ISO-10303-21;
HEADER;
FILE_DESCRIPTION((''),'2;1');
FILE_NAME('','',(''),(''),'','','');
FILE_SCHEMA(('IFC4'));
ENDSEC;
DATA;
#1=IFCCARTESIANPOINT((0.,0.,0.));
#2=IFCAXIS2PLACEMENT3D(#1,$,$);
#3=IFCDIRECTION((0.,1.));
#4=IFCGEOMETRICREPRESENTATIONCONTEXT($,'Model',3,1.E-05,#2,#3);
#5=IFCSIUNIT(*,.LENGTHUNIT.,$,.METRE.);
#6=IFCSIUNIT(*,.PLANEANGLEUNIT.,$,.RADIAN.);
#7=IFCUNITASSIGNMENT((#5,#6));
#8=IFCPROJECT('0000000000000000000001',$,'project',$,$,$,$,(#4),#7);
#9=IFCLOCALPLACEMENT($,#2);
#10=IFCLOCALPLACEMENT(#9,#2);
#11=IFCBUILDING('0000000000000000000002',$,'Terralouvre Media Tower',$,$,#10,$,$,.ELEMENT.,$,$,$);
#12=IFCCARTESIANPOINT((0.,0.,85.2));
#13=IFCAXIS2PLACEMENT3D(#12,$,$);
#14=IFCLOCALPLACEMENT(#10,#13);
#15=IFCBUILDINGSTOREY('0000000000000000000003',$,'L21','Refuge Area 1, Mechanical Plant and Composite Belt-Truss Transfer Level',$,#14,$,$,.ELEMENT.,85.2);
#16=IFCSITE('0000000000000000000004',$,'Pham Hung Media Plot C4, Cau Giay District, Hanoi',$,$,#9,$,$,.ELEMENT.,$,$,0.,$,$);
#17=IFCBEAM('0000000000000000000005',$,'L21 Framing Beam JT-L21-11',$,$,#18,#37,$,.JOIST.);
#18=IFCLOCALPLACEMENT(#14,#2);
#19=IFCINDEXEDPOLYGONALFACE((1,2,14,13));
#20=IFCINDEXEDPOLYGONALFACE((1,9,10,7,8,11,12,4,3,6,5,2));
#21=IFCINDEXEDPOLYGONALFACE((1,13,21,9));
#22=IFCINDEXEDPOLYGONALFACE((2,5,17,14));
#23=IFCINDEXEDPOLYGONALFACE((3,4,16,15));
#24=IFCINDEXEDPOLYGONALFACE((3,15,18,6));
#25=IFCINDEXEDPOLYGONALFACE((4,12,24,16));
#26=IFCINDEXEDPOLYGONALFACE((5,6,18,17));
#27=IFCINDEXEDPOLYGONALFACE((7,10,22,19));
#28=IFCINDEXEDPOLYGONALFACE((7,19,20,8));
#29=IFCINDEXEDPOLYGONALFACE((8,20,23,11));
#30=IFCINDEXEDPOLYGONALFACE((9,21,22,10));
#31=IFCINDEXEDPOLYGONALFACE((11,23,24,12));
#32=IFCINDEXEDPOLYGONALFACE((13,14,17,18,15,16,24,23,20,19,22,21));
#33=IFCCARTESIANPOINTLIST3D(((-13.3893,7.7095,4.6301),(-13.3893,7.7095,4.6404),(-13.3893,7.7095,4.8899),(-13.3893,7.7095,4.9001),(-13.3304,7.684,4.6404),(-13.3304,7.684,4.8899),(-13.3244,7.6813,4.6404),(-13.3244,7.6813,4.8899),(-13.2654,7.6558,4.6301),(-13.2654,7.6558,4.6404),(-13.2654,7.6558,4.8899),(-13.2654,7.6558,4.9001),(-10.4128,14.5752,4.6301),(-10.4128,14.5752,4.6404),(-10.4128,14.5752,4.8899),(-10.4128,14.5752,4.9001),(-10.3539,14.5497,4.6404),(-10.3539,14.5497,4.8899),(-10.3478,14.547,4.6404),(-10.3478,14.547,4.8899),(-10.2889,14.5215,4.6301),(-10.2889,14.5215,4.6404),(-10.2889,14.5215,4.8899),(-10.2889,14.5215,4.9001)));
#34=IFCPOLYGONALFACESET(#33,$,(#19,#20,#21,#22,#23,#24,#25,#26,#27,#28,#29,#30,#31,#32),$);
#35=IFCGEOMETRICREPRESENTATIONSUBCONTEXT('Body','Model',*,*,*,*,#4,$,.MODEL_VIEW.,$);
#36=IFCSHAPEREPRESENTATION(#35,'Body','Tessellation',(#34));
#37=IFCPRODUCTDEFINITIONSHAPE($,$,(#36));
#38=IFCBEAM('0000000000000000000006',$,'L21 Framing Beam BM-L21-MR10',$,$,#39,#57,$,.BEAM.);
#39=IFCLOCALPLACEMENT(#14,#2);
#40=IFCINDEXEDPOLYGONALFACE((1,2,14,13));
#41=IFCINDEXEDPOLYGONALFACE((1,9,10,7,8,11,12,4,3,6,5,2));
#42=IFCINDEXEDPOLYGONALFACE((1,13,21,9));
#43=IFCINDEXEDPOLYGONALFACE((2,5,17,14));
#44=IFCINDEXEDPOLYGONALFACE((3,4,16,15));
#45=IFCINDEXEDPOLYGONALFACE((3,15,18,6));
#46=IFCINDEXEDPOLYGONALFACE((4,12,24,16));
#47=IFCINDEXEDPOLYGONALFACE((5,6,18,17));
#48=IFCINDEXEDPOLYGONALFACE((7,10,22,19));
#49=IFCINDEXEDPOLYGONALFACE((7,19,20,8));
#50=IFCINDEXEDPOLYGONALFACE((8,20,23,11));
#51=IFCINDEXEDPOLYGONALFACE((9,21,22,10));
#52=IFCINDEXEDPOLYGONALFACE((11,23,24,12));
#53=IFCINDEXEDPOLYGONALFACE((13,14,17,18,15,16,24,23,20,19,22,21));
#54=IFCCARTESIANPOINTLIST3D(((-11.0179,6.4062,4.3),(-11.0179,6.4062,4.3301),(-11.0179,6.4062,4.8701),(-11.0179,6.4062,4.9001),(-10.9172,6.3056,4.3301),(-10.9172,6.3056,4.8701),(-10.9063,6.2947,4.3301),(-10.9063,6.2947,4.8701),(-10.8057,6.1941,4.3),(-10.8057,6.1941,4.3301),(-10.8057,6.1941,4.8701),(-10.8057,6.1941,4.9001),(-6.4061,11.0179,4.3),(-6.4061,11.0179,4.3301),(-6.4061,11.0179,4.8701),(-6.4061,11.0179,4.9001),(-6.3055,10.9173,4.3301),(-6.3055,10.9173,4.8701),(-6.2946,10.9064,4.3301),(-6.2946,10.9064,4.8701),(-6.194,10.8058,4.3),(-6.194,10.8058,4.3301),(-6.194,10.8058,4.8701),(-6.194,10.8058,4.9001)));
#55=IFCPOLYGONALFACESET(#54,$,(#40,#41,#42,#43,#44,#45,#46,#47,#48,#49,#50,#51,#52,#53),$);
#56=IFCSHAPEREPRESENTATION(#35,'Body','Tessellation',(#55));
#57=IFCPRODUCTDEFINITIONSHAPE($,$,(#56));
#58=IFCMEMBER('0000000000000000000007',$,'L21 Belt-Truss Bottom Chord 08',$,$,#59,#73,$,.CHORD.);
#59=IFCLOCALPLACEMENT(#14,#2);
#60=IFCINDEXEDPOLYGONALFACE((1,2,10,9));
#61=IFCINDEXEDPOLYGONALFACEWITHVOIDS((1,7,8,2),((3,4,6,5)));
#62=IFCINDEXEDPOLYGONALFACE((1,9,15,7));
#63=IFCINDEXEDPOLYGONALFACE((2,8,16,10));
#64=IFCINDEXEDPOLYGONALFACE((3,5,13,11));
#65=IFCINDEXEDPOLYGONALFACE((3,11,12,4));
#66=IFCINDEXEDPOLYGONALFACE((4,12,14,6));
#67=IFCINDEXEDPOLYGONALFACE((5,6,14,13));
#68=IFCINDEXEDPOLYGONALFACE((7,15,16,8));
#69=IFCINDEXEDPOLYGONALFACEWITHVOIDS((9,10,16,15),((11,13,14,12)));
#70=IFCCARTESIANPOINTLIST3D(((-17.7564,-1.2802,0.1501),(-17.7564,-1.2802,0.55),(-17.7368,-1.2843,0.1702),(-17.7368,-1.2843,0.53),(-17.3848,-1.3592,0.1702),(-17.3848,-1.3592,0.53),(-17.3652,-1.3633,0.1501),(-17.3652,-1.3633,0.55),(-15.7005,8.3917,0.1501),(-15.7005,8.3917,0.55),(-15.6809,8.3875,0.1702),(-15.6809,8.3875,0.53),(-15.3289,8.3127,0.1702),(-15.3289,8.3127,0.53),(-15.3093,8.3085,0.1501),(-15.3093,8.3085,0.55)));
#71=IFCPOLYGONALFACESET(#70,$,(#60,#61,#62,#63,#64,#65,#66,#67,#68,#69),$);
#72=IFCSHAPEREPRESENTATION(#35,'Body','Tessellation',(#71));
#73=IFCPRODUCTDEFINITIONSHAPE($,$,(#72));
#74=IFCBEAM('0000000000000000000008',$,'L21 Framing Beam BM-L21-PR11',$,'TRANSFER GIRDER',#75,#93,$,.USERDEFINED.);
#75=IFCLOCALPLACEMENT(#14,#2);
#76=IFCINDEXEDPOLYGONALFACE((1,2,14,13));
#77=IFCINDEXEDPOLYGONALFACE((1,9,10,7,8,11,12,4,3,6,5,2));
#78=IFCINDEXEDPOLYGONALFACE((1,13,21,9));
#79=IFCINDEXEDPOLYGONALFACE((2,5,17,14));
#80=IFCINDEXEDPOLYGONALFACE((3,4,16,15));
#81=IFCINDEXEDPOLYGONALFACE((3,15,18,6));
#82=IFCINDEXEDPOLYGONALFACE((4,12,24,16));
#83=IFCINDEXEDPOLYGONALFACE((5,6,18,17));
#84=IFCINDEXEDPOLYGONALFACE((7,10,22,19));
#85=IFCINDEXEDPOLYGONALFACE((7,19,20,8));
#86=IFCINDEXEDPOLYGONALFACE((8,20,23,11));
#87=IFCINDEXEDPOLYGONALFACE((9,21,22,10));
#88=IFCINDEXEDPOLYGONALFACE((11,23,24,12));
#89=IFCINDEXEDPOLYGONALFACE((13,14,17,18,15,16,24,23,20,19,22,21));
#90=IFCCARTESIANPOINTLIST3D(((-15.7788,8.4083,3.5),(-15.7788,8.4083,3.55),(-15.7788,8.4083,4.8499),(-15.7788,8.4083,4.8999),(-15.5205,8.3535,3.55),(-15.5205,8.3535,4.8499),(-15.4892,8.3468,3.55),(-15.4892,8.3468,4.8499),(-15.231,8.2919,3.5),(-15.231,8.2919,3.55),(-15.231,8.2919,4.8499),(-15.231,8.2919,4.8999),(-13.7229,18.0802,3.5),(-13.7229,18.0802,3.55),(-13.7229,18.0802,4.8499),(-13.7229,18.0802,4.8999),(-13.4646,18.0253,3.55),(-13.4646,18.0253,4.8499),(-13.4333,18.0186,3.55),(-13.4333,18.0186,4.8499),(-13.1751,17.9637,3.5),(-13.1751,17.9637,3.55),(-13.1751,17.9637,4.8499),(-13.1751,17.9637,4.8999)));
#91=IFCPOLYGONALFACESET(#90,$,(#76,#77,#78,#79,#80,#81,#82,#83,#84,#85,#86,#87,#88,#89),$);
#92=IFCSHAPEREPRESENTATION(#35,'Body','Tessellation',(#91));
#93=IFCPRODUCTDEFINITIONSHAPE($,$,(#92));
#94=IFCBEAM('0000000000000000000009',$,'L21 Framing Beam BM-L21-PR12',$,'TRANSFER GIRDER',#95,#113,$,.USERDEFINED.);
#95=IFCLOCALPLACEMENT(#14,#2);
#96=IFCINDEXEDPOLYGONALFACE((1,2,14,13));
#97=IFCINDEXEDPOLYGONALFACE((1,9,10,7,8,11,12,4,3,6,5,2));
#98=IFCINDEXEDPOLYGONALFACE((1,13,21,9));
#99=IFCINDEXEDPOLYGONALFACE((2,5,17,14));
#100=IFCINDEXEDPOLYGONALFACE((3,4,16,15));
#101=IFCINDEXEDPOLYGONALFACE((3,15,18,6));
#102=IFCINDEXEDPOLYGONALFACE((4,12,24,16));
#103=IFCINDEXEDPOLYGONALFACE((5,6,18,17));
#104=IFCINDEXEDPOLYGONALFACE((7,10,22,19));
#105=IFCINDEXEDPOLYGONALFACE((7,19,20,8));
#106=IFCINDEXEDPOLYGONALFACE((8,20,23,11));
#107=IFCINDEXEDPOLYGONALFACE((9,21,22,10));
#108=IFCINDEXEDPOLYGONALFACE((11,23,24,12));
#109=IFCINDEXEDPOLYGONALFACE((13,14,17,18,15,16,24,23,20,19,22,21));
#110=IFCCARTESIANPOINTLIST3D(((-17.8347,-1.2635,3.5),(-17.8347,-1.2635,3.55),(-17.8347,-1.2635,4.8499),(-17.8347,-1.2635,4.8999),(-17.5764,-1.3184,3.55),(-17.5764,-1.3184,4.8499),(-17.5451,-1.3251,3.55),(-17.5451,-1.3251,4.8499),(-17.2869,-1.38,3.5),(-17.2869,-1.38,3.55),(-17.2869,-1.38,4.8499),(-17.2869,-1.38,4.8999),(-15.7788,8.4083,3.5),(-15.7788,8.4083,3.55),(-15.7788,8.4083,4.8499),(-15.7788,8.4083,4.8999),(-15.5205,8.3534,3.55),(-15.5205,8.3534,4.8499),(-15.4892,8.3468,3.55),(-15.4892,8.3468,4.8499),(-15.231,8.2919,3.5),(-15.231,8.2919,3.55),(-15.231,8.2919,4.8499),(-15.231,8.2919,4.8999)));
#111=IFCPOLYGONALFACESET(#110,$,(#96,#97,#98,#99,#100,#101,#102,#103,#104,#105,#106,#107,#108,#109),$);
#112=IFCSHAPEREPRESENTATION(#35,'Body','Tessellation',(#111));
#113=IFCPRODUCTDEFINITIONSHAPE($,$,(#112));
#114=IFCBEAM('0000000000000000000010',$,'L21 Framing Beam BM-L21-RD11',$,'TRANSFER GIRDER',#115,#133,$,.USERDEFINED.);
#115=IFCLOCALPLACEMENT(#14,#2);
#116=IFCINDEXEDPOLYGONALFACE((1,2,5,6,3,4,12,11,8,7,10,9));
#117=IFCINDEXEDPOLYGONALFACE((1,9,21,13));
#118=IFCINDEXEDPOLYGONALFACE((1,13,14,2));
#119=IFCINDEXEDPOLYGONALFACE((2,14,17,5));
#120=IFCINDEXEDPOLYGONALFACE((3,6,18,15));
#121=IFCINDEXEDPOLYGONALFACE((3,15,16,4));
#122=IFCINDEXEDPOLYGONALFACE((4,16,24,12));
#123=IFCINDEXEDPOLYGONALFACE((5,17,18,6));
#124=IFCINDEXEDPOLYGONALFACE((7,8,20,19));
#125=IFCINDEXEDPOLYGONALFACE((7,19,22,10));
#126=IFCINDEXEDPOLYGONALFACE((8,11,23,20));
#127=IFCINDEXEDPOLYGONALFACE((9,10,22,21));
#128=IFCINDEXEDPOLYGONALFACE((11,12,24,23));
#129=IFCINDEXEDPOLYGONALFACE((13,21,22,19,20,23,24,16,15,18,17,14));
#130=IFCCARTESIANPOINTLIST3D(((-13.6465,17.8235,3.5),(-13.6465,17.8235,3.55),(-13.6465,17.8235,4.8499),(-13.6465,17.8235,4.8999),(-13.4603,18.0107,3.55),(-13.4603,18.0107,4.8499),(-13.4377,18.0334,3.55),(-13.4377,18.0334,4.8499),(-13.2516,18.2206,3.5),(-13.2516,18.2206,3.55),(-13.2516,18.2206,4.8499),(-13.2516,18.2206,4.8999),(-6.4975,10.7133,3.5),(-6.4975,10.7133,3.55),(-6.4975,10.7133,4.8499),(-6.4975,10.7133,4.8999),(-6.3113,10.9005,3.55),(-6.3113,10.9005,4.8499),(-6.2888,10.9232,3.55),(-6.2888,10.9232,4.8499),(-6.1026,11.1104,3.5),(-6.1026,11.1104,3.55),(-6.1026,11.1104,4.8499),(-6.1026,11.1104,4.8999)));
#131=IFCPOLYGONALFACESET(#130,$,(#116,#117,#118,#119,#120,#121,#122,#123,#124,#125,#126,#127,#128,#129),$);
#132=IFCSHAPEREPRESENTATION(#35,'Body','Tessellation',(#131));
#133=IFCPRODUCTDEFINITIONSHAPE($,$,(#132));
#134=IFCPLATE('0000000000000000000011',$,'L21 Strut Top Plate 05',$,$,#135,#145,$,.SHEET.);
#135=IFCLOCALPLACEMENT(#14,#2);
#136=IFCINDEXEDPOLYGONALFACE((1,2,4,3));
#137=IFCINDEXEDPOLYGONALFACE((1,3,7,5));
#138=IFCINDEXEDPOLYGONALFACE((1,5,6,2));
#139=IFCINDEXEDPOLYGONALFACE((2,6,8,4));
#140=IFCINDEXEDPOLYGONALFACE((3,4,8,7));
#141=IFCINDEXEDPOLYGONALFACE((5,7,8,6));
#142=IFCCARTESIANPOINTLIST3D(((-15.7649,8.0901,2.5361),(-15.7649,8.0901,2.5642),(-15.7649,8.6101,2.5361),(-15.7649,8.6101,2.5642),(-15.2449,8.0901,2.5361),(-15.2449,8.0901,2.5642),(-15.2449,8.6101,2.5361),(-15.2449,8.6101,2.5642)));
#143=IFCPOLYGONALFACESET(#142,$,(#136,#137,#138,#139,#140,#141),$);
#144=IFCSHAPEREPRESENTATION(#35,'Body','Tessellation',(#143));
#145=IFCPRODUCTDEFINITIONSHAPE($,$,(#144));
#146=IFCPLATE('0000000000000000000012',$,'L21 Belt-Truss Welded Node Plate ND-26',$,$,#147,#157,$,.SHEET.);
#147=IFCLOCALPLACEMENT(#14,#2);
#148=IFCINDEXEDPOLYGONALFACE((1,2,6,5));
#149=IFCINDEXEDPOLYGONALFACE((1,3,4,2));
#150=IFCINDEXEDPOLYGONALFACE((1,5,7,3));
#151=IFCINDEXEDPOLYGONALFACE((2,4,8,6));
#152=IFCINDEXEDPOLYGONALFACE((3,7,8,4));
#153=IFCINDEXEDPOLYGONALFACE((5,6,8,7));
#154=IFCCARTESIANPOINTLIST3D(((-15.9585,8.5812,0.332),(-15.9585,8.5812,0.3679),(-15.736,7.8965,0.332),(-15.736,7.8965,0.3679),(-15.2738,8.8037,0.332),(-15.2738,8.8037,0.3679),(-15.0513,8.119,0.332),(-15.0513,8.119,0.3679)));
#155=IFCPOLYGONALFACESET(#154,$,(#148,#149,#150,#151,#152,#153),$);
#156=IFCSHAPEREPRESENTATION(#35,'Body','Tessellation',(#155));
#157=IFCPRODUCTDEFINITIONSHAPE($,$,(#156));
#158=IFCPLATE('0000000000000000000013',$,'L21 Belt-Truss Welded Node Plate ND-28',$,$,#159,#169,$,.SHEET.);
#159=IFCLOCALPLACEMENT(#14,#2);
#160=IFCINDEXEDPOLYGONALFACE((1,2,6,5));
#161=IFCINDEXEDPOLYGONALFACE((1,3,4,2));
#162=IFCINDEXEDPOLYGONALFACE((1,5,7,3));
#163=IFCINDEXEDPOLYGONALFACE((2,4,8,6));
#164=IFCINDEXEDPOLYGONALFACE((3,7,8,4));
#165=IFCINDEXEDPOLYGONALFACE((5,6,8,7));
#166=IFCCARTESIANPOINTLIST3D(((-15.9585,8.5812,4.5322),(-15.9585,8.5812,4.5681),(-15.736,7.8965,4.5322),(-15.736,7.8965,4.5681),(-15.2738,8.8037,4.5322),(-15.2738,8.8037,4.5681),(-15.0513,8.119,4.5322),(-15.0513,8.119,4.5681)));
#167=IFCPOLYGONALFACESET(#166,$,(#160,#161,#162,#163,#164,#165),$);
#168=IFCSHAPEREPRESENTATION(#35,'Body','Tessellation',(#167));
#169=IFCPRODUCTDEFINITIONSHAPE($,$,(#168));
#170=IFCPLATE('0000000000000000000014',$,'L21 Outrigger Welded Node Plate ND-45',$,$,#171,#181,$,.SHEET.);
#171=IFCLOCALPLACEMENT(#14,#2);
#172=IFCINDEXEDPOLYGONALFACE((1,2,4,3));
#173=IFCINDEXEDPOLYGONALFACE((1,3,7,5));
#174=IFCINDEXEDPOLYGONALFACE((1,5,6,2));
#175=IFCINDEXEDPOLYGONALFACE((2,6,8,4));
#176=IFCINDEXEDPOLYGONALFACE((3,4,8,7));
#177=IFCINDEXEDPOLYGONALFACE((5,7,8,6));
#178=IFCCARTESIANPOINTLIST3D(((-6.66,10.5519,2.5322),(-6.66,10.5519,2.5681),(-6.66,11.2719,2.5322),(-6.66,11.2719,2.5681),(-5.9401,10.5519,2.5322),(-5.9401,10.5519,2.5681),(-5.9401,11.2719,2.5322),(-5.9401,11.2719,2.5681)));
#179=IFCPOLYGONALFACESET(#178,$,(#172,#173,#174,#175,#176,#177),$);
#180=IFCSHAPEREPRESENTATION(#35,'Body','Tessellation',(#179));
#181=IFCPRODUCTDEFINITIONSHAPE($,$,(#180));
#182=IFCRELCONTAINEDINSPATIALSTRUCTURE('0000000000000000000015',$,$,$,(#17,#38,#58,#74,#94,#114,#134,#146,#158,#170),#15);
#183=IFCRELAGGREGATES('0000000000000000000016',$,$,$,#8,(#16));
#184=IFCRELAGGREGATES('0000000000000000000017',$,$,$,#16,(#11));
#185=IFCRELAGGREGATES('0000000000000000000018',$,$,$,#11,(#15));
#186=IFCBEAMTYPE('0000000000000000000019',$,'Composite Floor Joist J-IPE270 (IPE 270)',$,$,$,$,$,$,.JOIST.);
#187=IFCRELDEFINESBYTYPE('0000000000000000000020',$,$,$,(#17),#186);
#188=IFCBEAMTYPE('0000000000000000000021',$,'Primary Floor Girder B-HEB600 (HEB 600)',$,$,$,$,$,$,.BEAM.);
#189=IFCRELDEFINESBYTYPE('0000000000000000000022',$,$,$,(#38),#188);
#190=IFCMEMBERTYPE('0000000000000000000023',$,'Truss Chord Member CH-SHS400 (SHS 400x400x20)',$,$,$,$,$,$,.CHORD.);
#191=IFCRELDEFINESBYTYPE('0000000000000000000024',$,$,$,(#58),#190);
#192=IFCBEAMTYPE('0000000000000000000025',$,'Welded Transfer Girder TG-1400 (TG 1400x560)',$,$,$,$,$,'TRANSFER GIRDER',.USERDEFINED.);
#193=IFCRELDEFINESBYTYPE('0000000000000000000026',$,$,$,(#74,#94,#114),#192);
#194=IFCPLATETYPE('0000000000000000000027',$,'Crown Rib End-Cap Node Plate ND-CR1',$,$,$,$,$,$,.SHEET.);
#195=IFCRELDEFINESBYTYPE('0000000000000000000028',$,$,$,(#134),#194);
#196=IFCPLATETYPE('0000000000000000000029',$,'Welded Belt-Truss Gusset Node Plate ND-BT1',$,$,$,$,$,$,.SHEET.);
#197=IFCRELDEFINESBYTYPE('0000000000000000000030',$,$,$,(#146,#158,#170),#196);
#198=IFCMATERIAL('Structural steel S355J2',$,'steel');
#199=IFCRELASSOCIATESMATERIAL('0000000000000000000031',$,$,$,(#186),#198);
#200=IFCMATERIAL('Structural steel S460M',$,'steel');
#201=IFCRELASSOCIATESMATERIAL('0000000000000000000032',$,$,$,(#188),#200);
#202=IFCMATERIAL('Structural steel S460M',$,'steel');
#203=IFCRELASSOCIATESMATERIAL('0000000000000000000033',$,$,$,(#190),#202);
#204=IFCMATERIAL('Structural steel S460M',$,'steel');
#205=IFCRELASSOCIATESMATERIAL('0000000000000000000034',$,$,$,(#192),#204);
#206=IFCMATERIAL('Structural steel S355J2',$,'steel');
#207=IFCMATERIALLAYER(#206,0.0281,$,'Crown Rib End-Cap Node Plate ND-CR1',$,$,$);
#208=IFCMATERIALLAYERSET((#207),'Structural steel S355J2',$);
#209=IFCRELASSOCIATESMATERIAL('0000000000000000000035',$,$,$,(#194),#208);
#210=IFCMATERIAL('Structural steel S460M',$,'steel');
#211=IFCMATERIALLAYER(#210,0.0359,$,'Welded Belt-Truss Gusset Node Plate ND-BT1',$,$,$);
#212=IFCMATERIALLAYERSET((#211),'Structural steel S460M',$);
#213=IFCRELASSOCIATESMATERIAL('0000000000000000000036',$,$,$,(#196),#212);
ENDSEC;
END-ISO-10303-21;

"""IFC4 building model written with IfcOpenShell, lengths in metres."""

from ifc_helpers import new_model, si_unit, direction, frame, origin, origin_2d, place, context, subcontext, project, spatial, rectangle, hollow_rectangle, i_section, extrude, material, layer, layer_set, material_profile, profile_set, type_object, element, save


model = new_model("IFC4")

# Units and contexts
model_context = context("Model", 3, precision=1e-05, world=origin(), true_north=direction((0.0, 1.0)))
body_context = subcontext(model_context, "Body", "Model", "MODEL_VIEW")
ifc_project = project(units=[si_unit("LENGTHUNIT", "METRE"), si_unit("PLANEANGLEUNIT", "RADIAN")], contexts=[model_context])

# Site, building, storey
site_placement = place(None, origin())
site = spatial("IfcSite", under=ifc_project, at=site_placement, Name="Pham Hung Media Plot C4, Cau Giay District, Hanoi", CompositionType="ELEMENT", RefElevation=0.0)
building_placement = place(site_placement, origin())
building = spatial("IfcBuilding", under=site, at=building_placement, Name="Terralouvre Media Tower", CompositionType="ELEMENT")
storey_placement = place(building_placement, frame((0.0, 0.0, 85.2)))
storey = spatial("IfcBuildingStorey", under=building, at=storey_placement, Name="L21", Description="Refuge Area 1, Mechanical Plant and Composite Belt-Truss Transfer Level", CompositionType="ELEMENT", Elevation=85.2)

# Beams
ifc_material_1 = material(Name="Structural steel S355J2", Category="steel")
ifc_material_profile_1 = material_profile(ifc_material_1, i_section(OverallWidth=0.135, OverallDepth=0.27, WebThickness=0.0066, FlangeThickness=0.0103, at=origin_2d()), Name="IPE 270")
ifc_profile_set_1 = profile_set([ifc_material_profile_1], Name="Structural steel S355J2")
beam_type_1 = type_object("IfcBeamType", Name="Composite Floor Joist J-IPE270 (IPE 270)", PredefinedType="JOIST", material=ifc_profile_set_1)
beam_1_placement = place(storey_placement, frame((-10.3508, 14.5483, 4.7651), z_axis=(-0.397767, -0.917487, 0.0), x_axis=(0.917487, -0.397767, 0.0)))
element("IfcBeam", 1, at=beam_1_placement, inside=storey, type_object=beam_type_1, Name="L21 Framing Beam JT-L21-11", PredefinedType="JOIST", context=body_context, shape_type="SweptSolid", body=[
    extrude(i_section(OverallWidth=0.135, OverallDepth=0.27, WebThickness=0.0066, FlangeThickness=0.0103, at=origin_2d()), origin(), (0.0, 0.0, 1.0), 7.4832),
])
ifc_material_2 = material(Name="Structural steel S460M", Category="steel")
ifc_material_profile_2 = material_profile(ifc_material_2, i_section(OverallWidth=0.3, OverallDepth=0.6001, WebThickness=0.0154, FlangeThickness=0.03, at=origin_2d()), Name="HEB 600")
ifc_profile_set_2 = profile_set([ifc_material_profile_2], Name="Structural steel S460M")
beam_type_2 = type_object("IfcBeamType", Name="Primary Floor Girder B-HEB600 (HEB 600)", PredefinedType="BEAM", material=ifc_profile_set_2)
beam_2_placement = place(storey_placement, frame((-6.3, 10.9119, 4.6001), z_axis=(-0.707107, -0.707107, 0.0), x_axis=(0.707107, -0.707107, 0.0)))
element("IfcBeam", 2, at=beam_2_placement, inside=storey, type_object=beam_type_2, Name="L21 Framing Beam BM-L21-MR10", PredefinedType="BEAM", context=body_context, shape_type="SweptSolid", body=[
    extrude(i_section(OverallWidth=0.3, OverallDepth=0.6001, WebThickness=0.0154, FlangeThickness=0.03, at=origin_2d()), origin(), (0.0, 0.0, 1.0), 6.522),
])

# Member
ifc_material_3 = material(Name="Structural steel S460M", Category="steel")
ifc_material_profile_3 = material_profile(ifc_material_3, hollow_rectangle(XDim=0.3999, YDim=0.3999, WallThickness=0.02, at=origin_2d()), Name="SHS 400x400x20")
ifc_profile_set_3 = profile_set([ifc_material_profile_3], Name="Structural steel S460M")
member_type_1 = type_object("IfcMemberType", Name="Truss Chord Member CH-SHS400 (SHS 400x400x20)", PredefinedType="CHORD", material=ifc_profile_set_3)
member_1_placement = place(storey_placement, frame((-15.5049, 8.3501, 0.3501), z_axis=(-0.20792, -0.978146, 0.0), x_axis=(0.978146, -0.20792, 0.0)))
element("IfcMember", 3, at=member_1_placement, inside=storey, type_object=member_type_1, Name="L21 Belt-Truss Bottom Chord 08", PredefinedType="CHORD", context=body_context, shape_type="SweptSolid", body=[
    extrude(hollow_rectangle(XDim=0.3999, YDim=0.3999, WallThickness=0.02, at=origin_2d()), origin(), (0.0, 0.0, 1.0), 9.8879),
])

# Beams
ifc_material_4 = material(Name="Structural steel S460M", Category="steel")
ifc_material_profile_4 = material_profile(ifc_material_4, i_section(OverallWidth=0.5601, OverallDepth=1.3999, WebThickness=0.032, FlangeThickness=0.05, at=origin_2d()), Name="TG 1400x560")
ifc_profile_set_4 = profile_set([ifc_material_profile_4], Name="Structural steel S460M")
beam_type_3 = type_object("IfcBeamType", Name="Welded Transfer Girder TG-1400 (TG 1400x560)", ElementType="TRANSFER GIRDER", PredefinedType="USERDEFINED", material=ifc_profile_set_4)
for number, where, z_axis, x_axis, name in (
    (4, (-13.449, 18.022, 4.2), (-0.20792, -0.978146, 0.0), (0.978146, -0.20792, 0.0), "L21 Framing Beam BM-L21-PR11"),
    (5, (-15.5049, 8.3501, 4.2), (-0.20792, -0.978146, 0.0), (0.978146, -0.20792, 0.0), "L21 Framing Beam BM-L21-PR12"),
):
    element("IfcBeam", number, at=place(storey_placement, frame(where, z_axis=z_axis, x_axis=x_axis)), inside=storey, type_object=beam_type_3, Name=name, ObjectType="TRANSFER GIRDER", PredefinedType="USERDEFINED", context=body_context, shape_type="SweptSolid", body=[
        extrude(i_section(OverallWidth=0.5601, OverallDepth=1.3999, WebThickness=0.032, FlangeThickness=0.05, at=origin_2d()), origin(), (0.0, 0.0, 1.0), 9.8879),
    ])
beam_3_placement = place(storey_placement, frame((-6.3, 10.9119, 4.2), z_axis=(-0.709029, 0.705179, 0.0), x_axis=(-0.705179, -0.709029, 0.0)))
element("IfcBeam", 6, at=beam_3_placement, inside=storey, type_object=beam_type_3, Name="L21 Framing Beam BM-L21-RD11", ObjectType="TRANSFER GIRDER", PredefinedType="USERDEFINED", context=body_context, shape_type="SweptSolid", body=[
    extrude(i_section(OverallWidth=0.5601, OverallDepth=1.3999, WebThickness=0.032, FlangeThickness=0.05, at=origin_2d()), origin(), (0.0, 0.0, 1.0), 10.0828),
])

# Plates
ifc_material_5 = material(Name="Structural steel S355J2", Category="steel")
ifc_layer_1 = layer(ifc_material_5, 0.0281, Name="Crown Rib End-Cap Node Plate ND-CR1")
ifc_layer_set_1 = layer_set([ifc_layer_1], Name="Structural steel S355J2")
plate_type_1 = type_object("IfcPlateType", Name="Crown Rib End-Cap Node Plate ND-CR1", PredefinedType="SHEET", material=ifc_layer_set_1)
plate_placement = place(storey_placement, frame((-15.5049, 8.3501, 2.5361), z_axis=(0.0, 0.0, 1.0), x_axis=(1.0, 0.0, 0.0)))
element("IfcPlate", 7, at=plate_placement, inside=storey, type_object=plate_type_1, Name="L21 Strut Top Plate 05", PredefinedType="SHEET", context=body_context, shape_type="SweptSolid", body=[
    extrude(rectangle(XDim=0.52, YDim=0.52, at=origin_2d()), origin(), (0.0, 0.0, 1.0), 0.0281),
])
ifc_material_6 = material(Name="Structural steel S460M", Category="steel")
ifc_layer_2 = layer(ifc_material_6, 0.0359, Name="Welded Belt-Truss Gusset Node Plate ND-BT1")
ifc_layer_set_2 = layer_set([ifc_layer_2], Name="Structural steel S460M")
plate_type_2 = type_object("IfcPlateType", Name="Welded Belt-Truss Gusset Node Plate ND-BT1", PredefinedType="SHEET", material=ifc_layer_set_2)
for number, where, z_axis, x_axis, name in (
    (8, (-15.5049, 8.3501, 0.332), (0.0, 0.0, 1.0), (0.951057, 0.309017, 0.0), "L21 Belt-Truss Welded Node Plate ND-26"),
    (9, (-15.5049, 8.3501, 4.5322), (0.0, 0.0, 1.0), (0.951057, 0.309017, 0.0), "L21 Belt-Truss Welded Node Plate ND-28"),
    (10, (-6.3, 10.9119, 2.5322), (0.0, 0.0, 1.0), (1.0, 0.0, 0.0), "L21 Outrigger Welded Node Plate ND-45"),
):
    element("IfcPlate", number, at=place(storey_placement, frame(where, z_axis=z_axis, x_axis=x_axis)), inside=storey, type_object=plate_type_2, Name=name, PredefinedType="SHEET", context=body_context, shape_type="SweptSolid", body=[
        extrude(rectangle(XDim=0.72, YDim=0.72, at=origin_2d()), origin(), (0.0, 0.0, 1.0), 0.0359),
    ])

save(model, "model.ifc")
